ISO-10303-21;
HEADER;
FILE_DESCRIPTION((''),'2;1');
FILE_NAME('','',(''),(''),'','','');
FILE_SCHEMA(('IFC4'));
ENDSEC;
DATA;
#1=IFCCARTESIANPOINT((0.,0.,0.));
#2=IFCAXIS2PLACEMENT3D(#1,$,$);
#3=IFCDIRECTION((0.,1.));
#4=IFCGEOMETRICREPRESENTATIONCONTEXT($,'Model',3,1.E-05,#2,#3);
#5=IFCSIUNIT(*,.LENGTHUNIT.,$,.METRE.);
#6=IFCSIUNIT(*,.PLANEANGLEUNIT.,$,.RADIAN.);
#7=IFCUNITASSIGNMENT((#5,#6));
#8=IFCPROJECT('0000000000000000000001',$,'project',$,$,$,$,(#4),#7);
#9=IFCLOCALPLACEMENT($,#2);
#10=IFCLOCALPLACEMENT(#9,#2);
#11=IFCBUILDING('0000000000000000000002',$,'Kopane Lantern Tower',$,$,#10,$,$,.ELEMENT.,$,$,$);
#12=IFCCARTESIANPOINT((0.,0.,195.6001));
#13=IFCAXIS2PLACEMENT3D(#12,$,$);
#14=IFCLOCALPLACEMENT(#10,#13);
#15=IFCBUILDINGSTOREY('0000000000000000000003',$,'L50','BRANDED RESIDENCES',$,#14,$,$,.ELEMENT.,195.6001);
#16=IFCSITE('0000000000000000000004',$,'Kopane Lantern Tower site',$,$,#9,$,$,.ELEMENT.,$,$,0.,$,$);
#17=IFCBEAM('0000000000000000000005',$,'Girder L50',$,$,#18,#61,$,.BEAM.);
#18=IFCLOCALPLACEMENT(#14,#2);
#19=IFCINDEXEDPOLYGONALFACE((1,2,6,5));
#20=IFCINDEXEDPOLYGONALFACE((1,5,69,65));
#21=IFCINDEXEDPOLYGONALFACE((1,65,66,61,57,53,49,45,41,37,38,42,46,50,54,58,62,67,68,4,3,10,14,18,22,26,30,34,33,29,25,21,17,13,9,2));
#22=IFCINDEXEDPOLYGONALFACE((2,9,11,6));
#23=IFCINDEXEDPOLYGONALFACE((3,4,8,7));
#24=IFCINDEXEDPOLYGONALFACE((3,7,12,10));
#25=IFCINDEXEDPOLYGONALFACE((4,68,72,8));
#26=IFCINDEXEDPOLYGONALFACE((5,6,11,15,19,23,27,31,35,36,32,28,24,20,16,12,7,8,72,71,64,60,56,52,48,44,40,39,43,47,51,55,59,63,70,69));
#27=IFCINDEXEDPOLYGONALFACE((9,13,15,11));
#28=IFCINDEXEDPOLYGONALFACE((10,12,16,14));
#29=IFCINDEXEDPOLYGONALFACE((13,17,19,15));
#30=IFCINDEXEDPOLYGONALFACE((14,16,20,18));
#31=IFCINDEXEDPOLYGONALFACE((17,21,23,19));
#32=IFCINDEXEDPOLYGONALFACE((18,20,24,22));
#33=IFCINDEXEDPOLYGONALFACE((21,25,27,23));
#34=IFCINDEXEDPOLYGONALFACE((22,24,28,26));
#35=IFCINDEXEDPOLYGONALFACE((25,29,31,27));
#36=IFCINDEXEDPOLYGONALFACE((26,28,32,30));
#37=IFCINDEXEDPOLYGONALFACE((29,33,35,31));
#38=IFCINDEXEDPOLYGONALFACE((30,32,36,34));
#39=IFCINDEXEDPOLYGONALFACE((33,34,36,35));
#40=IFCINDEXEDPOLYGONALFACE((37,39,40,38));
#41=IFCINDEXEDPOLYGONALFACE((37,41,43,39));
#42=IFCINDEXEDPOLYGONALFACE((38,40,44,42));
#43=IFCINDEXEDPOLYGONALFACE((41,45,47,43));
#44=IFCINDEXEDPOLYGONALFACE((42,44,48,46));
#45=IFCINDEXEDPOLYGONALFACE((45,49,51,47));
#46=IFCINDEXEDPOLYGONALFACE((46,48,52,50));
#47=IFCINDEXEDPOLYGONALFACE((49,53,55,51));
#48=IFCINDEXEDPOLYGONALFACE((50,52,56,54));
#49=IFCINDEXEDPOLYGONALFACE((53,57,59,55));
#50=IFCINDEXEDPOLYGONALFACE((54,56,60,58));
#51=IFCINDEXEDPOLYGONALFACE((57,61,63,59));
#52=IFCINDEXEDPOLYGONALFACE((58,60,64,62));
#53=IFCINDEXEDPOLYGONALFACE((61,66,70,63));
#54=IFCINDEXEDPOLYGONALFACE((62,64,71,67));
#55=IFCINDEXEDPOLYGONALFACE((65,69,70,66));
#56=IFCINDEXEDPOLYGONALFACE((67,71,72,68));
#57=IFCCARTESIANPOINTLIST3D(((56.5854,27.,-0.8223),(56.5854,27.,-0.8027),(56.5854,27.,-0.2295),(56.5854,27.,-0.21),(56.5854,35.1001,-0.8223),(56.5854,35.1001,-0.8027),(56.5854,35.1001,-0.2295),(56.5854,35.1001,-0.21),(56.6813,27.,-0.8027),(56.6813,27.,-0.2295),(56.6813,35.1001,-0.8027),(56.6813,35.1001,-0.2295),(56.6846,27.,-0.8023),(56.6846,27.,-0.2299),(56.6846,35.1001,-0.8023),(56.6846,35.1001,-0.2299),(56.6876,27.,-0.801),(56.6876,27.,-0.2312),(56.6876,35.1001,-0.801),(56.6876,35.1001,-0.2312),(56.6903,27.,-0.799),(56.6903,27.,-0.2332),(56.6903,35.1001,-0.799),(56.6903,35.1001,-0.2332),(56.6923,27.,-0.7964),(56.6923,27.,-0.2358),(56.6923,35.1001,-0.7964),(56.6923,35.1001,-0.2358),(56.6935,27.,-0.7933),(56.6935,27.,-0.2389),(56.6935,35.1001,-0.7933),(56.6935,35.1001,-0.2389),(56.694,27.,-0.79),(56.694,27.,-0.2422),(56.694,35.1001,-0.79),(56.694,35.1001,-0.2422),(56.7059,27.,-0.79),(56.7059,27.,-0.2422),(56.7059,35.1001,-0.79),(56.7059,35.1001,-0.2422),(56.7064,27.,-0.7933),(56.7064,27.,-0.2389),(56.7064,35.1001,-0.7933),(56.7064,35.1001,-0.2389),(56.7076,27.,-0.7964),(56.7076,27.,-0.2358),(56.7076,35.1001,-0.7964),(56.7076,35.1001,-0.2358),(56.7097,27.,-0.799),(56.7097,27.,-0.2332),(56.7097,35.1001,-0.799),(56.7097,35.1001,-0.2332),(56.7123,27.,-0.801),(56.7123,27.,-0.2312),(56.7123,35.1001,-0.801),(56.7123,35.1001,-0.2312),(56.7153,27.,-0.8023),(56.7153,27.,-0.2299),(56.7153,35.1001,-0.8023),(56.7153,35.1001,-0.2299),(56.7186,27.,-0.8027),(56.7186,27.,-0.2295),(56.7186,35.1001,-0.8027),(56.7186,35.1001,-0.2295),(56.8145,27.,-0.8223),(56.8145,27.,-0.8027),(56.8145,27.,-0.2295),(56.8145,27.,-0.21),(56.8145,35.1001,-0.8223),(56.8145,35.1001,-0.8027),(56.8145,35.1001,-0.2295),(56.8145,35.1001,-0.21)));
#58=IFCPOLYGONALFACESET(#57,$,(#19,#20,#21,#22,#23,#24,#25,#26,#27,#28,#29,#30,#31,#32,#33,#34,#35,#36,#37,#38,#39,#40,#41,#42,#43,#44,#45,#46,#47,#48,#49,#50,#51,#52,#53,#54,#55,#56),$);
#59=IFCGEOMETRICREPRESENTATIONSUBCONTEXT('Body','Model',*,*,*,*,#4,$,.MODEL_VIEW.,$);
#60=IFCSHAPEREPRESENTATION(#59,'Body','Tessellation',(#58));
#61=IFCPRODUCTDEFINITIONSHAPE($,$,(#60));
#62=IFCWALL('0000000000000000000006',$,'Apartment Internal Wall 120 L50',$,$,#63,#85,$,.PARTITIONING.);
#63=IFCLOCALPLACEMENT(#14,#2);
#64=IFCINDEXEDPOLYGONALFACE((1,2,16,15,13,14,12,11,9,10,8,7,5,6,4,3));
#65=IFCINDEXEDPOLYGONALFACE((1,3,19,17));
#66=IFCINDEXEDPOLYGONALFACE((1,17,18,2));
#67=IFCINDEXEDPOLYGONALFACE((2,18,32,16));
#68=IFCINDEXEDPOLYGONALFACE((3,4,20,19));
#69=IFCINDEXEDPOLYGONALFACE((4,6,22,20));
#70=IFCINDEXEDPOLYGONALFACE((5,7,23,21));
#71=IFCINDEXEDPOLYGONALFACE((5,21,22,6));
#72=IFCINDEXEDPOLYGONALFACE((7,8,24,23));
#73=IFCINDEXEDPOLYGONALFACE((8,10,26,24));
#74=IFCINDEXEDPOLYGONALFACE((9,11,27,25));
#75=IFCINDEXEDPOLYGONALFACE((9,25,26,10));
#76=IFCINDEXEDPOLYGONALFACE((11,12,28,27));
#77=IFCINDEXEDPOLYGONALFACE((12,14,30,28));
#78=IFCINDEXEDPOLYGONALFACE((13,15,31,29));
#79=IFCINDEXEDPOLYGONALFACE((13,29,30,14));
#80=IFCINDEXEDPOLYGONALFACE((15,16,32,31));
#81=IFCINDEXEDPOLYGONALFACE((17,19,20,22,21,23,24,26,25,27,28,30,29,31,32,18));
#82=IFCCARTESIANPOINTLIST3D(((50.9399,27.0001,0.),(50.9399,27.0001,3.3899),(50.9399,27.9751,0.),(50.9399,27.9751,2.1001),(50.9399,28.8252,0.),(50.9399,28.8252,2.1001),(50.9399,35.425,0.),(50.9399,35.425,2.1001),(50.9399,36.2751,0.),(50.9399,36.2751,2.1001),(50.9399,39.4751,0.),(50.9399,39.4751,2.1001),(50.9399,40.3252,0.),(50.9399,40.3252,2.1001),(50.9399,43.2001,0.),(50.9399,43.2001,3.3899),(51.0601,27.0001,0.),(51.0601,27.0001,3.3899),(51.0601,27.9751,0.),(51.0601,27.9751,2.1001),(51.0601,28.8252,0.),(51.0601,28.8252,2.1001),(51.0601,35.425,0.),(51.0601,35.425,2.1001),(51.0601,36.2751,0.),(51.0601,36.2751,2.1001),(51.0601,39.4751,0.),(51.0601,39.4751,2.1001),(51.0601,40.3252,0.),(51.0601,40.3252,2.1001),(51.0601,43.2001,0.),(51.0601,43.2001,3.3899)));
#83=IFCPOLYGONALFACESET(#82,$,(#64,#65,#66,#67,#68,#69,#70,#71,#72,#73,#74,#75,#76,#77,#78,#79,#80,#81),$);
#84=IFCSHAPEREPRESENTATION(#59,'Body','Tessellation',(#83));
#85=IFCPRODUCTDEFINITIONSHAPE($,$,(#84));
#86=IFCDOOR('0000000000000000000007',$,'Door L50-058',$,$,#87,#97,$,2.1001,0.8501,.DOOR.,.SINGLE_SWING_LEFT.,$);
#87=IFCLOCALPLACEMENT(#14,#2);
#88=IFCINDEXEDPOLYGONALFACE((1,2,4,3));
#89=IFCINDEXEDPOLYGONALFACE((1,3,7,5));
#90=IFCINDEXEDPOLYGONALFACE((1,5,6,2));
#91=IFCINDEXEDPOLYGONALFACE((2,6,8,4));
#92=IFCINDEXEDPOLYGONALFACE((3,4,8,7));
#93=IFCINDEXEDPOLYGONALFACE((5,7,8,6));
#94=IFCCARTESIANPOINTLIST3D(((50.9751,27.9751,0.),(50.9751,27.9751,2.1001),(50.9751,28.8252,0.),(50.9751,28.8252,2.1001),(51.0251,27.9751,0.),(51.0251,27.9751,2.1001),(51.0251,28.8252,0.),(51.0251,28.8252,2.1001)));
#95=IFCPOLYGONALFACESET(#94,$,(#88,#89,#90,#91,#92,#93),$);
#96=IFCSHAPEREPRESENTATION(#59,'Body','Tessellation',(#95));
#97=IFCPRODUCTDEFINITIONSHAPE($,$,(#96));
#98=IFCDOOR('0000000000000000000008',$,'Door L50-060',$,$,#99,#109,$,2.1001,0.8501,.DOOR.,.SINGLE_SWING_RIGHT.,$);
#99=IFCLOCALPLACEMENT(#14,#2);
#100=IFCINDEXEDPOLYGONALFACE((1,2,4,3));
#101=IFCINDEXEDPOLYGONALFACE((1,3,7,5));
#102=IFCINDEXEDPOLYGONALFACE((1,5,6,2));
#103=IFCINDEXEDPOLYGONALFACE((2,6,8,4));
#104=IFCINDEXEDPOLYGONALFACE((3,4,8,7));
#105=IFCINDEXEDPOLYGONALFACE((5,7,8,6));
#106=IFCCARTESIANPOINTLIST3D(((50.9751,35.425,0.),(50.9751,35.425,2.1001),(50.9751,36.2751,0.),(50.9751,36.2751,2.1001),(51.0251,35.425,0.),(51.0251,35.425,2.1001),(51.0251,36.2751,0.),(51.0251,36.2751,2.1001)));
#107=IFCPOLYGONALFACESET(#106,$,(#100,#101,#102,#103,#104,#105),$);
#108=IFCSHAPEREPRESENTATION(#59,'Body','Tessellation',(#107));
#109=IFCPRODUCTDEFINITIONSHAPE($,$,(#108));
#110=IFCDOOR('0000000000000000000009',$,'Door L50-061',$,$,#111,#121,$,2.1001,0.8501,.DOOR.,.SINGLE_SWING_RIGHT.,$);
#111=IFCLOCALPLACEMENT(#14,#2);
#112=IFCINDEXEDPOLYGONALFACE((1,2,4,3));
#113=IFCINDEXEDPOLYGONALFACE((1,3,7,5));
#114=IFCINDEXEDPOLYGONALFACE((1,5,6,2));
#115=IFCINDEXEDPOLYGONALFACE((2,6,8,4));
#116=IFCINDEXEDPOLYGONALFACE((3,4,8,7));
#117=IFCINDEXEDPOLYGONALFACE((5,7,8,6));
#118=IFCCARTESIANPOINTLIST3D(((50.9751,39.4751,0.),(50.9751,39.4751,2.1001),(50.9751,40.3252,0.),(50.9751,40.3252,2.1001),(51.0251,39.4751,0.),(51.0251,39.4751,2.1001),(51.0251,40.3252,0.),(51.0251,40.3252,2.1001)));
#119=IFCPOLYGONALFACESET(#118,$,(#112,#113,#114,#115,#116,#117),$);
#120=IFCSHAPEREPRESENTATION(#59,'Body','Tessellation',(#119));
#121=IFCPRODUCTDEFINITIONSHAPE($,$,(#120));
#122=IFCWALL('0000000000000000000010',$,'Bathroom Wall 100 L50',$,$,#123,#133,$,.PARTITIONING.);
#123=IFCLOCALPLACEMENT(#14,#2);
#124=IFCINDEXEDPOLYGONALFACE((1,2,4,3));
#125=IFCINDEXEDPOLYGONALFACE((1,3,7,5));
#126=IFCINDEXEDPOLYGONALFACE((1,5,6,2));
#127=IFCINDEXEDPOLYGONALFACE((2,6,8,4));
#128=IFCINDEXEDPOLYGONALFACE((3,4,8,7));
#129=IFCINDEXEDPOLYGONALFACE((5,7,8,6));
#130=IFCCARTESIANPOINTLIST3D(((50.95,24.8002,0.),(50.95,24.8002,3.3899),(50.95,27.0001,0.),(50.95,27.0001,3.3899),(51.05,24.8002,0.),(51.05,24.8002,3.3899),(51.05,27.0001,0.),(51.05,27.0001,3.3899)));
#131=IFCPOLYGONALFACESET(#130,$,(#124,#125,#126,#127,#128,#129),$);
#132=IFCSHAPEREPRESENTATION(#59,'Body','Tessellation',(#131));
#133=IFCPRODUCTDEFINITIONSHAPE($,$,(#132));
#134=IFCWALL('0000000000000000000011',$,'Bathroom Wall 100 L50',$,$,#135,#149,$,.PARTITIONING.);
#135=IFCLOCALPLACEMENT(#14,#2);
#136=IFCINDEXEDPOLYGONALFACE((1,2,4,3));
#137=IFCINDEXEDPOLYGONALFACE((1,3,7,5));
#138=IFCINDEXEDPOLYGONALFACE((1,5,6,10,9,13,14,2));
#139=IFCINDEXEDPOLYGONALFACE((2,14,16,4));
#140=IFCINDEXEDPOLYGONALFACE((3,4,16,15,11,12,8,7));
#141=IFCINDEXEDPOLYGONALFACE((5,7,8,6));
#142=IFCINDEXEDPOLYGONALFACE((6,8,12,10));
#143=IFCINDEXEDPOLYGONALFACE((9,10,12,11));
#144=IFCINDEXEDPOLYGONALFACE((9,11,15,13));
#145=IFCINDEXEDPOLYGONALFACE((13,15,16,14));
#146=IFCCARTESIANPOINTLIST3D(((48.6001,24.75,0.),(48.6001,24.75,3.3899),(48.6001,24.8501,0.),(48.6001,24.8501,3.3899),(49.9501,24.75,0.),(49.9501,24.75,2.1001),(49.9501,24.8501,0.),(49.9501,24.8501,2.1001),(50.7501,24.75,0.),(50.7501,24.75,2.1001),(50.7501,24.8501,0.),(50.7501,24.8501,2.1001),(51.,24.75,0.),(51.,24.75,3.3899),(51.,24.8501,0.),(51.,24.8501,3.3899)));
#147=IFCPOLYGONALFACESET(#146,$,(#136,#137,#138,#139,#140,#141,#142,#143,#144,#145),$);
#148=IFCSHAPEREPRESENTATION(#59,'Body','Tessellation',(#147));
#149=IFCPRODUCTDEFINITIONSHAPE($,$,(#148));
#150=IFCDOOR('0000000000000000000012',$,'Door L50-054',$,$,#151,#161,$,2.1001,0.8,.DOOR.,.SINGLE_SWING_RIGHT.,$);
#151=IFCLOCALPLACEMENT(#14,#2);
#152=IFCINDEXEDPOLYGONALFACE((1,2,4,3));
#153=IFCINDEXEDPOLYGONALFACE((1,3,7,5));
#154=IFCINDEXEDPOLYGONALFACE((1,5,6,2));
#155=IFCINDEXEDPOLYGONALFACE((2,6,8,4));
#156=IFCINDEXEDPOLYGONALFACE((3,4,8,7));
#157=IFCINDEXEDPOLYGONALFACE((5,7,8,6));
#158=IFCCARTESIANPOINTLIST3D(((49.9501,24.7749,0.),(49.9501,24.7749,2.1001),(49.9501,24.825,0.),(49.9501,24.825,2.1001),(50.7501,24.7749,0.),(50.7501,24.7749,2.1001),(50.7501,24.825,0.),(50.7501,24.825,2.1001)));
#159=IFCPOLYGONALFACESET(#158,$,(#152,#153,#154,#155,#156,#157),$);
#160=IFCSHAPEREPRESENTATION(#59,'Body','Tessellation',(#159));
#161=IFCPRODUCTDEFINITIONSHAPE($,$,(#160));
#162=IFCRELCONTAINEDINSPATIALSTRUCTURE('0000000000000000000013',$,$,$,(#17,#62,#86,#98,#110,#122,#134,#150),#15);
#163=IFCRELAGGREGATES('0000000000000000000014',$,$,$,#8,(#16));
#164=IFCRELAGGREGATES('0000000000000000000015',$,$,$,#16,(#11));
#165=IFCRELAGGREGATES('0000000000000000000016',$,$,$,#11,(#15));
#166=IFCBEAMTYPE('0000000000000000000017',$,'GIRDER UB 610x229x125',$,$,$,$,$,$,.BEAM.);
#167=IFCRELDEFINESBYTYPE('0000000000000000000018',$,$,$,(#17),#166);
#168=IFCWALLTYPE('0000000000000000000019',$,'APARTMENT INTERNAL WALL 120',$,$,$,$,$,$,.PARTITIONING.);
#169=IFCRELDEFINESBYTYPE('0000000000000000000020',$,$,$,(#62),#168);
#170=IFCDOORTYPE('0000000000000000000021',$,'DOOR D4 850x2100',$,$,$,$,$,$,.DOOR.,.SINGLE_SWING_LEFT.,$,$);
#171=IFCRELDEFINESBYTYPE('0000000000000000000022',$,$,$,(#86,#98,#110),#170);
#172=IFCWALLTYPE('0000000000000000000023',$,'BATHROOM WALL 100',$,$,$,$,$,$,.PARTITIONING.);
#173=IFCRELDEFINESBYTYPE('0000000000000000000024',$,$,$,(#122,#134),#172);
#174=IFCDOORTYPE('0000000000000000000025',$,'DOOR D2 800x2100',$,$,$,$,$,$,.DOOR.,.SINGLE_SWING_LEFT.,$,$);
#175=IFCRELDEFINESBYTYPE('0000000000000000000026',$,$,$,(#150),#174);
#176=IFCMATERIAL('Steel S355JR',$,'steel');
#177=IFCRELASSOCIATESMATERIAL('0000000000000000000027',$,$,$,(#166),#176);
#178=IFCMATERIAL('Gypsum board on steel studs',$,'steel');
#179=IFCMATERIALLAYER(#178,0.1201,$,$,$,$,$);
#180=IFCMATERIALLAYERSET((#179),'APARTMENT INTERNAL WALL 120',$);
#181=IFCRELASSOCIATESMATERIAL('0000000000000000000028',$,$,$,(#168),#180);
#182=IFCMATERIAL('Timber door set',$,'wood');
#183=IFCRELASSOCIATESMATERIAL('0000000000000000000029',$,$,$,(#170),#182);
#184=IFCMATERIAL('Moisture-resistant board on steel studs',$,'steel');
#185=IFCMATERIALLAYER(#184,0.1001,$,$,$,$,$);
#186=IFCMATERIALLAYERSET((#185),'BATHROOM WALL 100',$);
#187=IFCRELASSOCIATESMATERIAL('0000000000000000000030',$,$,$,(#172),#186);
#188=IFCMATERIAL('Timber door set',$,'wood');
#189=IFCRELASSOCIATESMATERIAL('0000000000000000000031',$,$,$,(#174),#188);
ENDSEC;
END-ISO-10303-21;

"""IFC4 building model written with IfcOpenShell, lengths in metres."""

from ifc_helpers import new_model, si_unit, direction, frame, frame_2d, origin, origin_2d, place, context, subcontext, project, spatial, rectangle, i_section, extrude, material, layer, layer_set, material_profile, profile_set, type_object, element, fill, save


model = new_model("IFC4")

# Units and contexts
model_context = context("Model", 3, precision=1e-05, world=origin(), true_north=direction((0.0, 1.0)))
body_context = subcontext(model_context, "Body", "Model", "MODEL_VIEW")
ifc_project = project(units=[si_unit("LENGTHUNIT", "METRE"), si_unit("PLANEANGLEUNIT", "RADIAN")], contexts=[model_context])

# Site, building, storey
site_placement = place(None, origin())
site = spatial("IfcSite", under=ifc_project, at=site_placement, Name="Kopane Lantern Tower site", CompositionType="ELEMENT", RefElevation=0.0)
building_placement = place(site_placement, origin())
building = spatial("IfcBuilding", under=site, at=building_placement, Name="Kopane Lantern Tower", CompositionType="ELEMENT")
storey_placement = place(building_placement, frame((0.0, 0.0, 195.6001)))
storey = spatial("IfcBuildingStorey", under=building, at=storey_placement, Name="L50", Description="BRANDED RESIDENCES", CompositionType="ELEMENT", Elevation=195.6001)

# Beam
ifc_material_1 = material(Name="Steel S355JR", Category="steel")
ifc_material_profile_1 = material_profile(ifc_material_1, i_section(OverallWidth=0.229, OverallDepth=0.6123, WebThickness=0.012, FlangeThickness=0.0195, FilletRadius=0.0127, at=origin_2d()), Name="UB 610x229x125")
ifc_profile_set_1 = profile_set([ifc_material_profile_1], Name="Steel S355JR")
beam_type = type_object("IfcBeamType", Name="GIRDER UB 610x229x125", PredefinedType="BEAM", material=ifc_profile_set_1)
beam_1_placement = place(storey_placement, frame((56.7, 27.0, -0.5161), z_axis=(0.0, 1.0, 0.0), x_axis=(-1.0, 0.0, 0.0)))
element("IfcBeam", 1, at=beam_1_placement, inside=storey, type_object=beam_type, Name="Girder L50", PredefinedType="BEAM", context=body_context, shape_type="SweptSolid", body=[
    extrude(i_section(OverallWidth=0.229, OverallDepth=0.6123, WebThickness=0.012, FlangeThickness=0.0195, FilletRadius=0.0127, at=origin_2d()), origin(), (0.0, 0.0, 1.0), 8.1001),
])

# Wall, openings, doors
ifc_material_2 = material(Name="Gypsum board on steel studs", Category="steel")
ifc_layer_1 = layer(ifc_material_2, 0.1201)
ifc_layer_set_1 = layer_set([ifc_layer_1], Name="APARTMENT INTERNAL WALL 120")
wall_type_1 = type_object("IfcWallType", Name="APARTMENT INTERNAL WALL 120", PredefinedType="PARTITIONING", material=ifc_layer_set_1)
wall_1_placement = place(storey_placement, frame((51.0, 27.0, 0.0), z_axis=(0.0, 0.0, 1.0), x_axis=(0.0, 1.0, 0.0)))
wall_1 = element("IfcWall", 2, at=wall_1_placement, inside=storey, type_object=wall_type_1, Name="Apartment Internal Wall 120 L50", PredefinedType="PARTITIONING", context=body_context, shape_type="SweptSolid", body=[
    extrude(rectangle(XDim=16.2, YDim=0.1201, at=frame_2d((8.1001, 0.0))), origin(), (0.0, 0.0, 1.0), 3.3899),
])
opening_1_placement = place(wall_1_placement, frame((0.9751, 0.0, 0.0)))
opening_1 = element("IfcOpeningElement", 3, at=opening_1_placement, cuts=wall_1, PredefinedType="OPENING", context=body_context, shape_type="SweptSolid", body=[
    extrude(rectangle(XDim=0.8501, YDim=2.1001, at=frame_2d((0.425, 1.05))), frame((0.0, 0.0701, 0.0), z_axis=(0.0, -1.0, 0.0), x_axis=(1.0, 0.0, 0.0)), (0.0, 0.0, 1.0), 0.1401),
])
opening_2_placement = place(wall_1_placement, frame((8.425, 0.0, 0.0)))
opening_2 = element("IfcOpeningElement", 4, at=opening_2_placement, cuts=wall_1, PredefinedType="OPENING", context=body_context, shape_type="SweptSolid", body=[
    extrude(rectangle(XDim=0.8501, YDim=2.1001, at=frame_2d((0.425, 1.05))), frame((0.0, 0.0701, 0.0), z_axis=(0.0, -1.0, 0.0), x_axis=(1.0, 0.0, 0.0)), (0.0, 0.0, 1.0), 0.1401),
])
opening_3_placement = place(wall_1_placement, frame((12.4751, 0.0, 0.0)))
opening_3 = element("IfcOpeningElement", 5, at=opening_3_placement, cuts=wall_1, PredefinedType="OPENING", context=body_context, shape_type="SweptSolid", body=[
    extrude(rectangle(XDim=0.8501, YDim=2.1001, at=frame_2d((0.425, 1.05))), frame((0.0, 0.0701, 0.0), z_axis=(0.0, -1.0, 0.0), x_axis=(1.0, 0.0, 0.0)), (0.0, 0.0, 1.0), 0.1401),
])
ifc_material_3 = material(Name="Timber door set", Category="wood")
door_type_1 = type_object("IfcDoorType", Name="DOOR D4 850x2100", OperationType="SINGLE_SWING_LEFT", PredefinedType="DOOR", material=ifc_material_3)
door_1_placement = place(opening_1_placement, origin())
door_1 = element("IfcDoor", 6, at=door_1_placement, inside=storey, type_object=door_type_1, Name="Door L50-058", OperationType="SINGLE_SWING_LEFT", OverallHeight=2.1001, OverallWidth=0.8501, PredefinedType="DOOR", context=body_context, shape_type="SweptSolid", body=[
    extrude(rectangle(XDim=0.8501, YDim=2.1001, at=frame_2d((0.425, 1.05))), frame((0.0, 0.0249, 0.0), z_axis=(0.0, -1.0, 0.0), x_axis=(1.0, 0.0, 0.0)), (0.0, 0.0, 1.0), 0.05),
])
fill(opening_1, door_1)
door_2_placement = place(opening_2_placement, origin())
door_2 = element("IfcDoor", 7, at=door_2_placement, inside=storey, type_object=door_type_1, Name="Door L50-060", OperationType="SINGLE_SWING_RIGHT", OverallHeight=2.1001, OverallWidth=0.8501, PredefinedType="DOOR", context=body_context, shape_type="SweptSolid", body=[
    extrude(rectangle(XDim=0.8501, YDim=2.1001, at=frame_2d((0.425, 1.05))), frame((0.0, 0.0249, 0.0), z_axis=(0.0, -1.0, 0.0), x_axis=(1.0, 0.0, 0.0)), (0.0, 0.0, 1.0), 0.05),
])
fill(opening_2, door_2)
door_3_placement = place(opening_3_placement, origin())
door_3 = element("IfcDoor", 8, at=door_3_placement, inside=storey, type_object=door_type_1, Name="Door L50-061", OperationType="SINGLE_SWING_RIGHT", OverallHeight=2.1001, OverallWidth=0.8501, PredefinedType="DOOR", context=body_context, shape_type="SweptSolid", body=[
    extrude(rectangle(XDim=0.8501, YDim=2.1001, at=frame_2d((0.425, 1.05))), frame((0.0, 0.0249, 0.0), z_axis=(0.0, -1.0, 0.0), x_axis=(1.0, 0.0, 0.0)), (0.0, 0.0, 1.0), 0.05),
])
fill(opening_3, door_3)

# Wall
ifc_material_4 = material(Name="Moisture-resistant board on steel studs", Category="steel")
ifc_layer_2 = layer(ifc_material_4, 0.1001)
ifc_layer_set_2 = layer_set([ifc_layer_2], Name="BATHROOM WALL 100")
wall_type_2 = type_object("IfcWallType", Name="BATHROOM WALL 100", PredefinedType="PARTITIONING", material=ifc_layer_set_2)
wall_2_placement = place(storey_placement, frame((51.0, 24.8, 0.0), z_axis=(0.0, 0.0, 1.0), x_axis=(0.0, 1.0, 0.0)))
element("IfcWall", 9, at=wall_2_placement, inside=storey, type_object=wall_type_2, Name="Bathroom Wall 100 L50", PredefinedType="PARTITIONING", context=body_context, shape_type="SweptSolid", body=[
    extrude(rectangle(XDim=2.2, YDim=0.1001, at=frame_2d((1.1001, 0.0))), origin(), (0.0, 0.0, 1.0), 3.3899),
])

# Wall, opening, door
wall_3_placement = place(storey_placement, frame((48.6001, 24.8, 0.0), z_axis=(0.0, 0.0, 1.0), x_axis=(1.0, 0.0, 0.0)))
wall_3 = element("IfcWall", 10, at=wall_3_placement, inside=storey, type_object=wall_type_2, Name="Bathroom Wall 100 L50", PredefinedType="PARTITIONING", context=body_context, shape_type="SweptSolid", body=[
    extrude(rectangle(XDim=2.3999, YDim=0.1001, at=frame_2d((1.2, 0.0))), origin(), (0.0, 0.0, 1.0), 3.3899),
])
opening_4_placement = place(wall_3_placement, frame((1.3501, 0.0, 0.0)))
opening_4 = element("IfcOpeningElement", 11, at=opening_4_placement, cuts=wall_3, PredefinedType="OPENING", context=body_context, shape_type="SweptSolid", body=[
    extrude(rectangle(XDim=0.8, YDim=2.1001, at=frame_2d((0.3999, 1.05))), frame((0.0, 0.0601, 0.0), z_axis=(0.0, -1.0, 0.0), x_axis=(1.0, 0.0, 0.0)), (0.0, 0.0, 1.0), 0.1201),
])
ifc_material_5 = material(Name="Timber door set", Category="wood")
door_type_2 = type_object("IfcDoorType", Name="DOOR D2 800x2100", OperationType="SINGLE_SWING_LEFT", PredefinedType="DOOR", material=ifc_material_5)
door_4_placement = place(opening_4_placement, origin())
door_4 = element("IfcDoor", 12, at=door_4_placement, inside=storey, type_object=door_type_2, Name="Door L50-054", OperationType="SINGLE_SWING_RIGHT", OverallHeight=2.1001, OverallWidth=0.8, PredefinedType="DOOR", context=body_context, shape_type="SweptSolid", body=[
    extrude(rectangle(XDim=0.8, YDim=2.1001, at=frame_2d((0.3999, 1.05))), frame((0.0, 0.0249, 0.0), z_axis=(0.0, -1.0, 0.0), x_axis=(1.0, 0.0, 0.0)), (0.0, 0.0, 1.0), 0.05),
])
fill(opening_4, door_4)

save(model, "model.ifc")
